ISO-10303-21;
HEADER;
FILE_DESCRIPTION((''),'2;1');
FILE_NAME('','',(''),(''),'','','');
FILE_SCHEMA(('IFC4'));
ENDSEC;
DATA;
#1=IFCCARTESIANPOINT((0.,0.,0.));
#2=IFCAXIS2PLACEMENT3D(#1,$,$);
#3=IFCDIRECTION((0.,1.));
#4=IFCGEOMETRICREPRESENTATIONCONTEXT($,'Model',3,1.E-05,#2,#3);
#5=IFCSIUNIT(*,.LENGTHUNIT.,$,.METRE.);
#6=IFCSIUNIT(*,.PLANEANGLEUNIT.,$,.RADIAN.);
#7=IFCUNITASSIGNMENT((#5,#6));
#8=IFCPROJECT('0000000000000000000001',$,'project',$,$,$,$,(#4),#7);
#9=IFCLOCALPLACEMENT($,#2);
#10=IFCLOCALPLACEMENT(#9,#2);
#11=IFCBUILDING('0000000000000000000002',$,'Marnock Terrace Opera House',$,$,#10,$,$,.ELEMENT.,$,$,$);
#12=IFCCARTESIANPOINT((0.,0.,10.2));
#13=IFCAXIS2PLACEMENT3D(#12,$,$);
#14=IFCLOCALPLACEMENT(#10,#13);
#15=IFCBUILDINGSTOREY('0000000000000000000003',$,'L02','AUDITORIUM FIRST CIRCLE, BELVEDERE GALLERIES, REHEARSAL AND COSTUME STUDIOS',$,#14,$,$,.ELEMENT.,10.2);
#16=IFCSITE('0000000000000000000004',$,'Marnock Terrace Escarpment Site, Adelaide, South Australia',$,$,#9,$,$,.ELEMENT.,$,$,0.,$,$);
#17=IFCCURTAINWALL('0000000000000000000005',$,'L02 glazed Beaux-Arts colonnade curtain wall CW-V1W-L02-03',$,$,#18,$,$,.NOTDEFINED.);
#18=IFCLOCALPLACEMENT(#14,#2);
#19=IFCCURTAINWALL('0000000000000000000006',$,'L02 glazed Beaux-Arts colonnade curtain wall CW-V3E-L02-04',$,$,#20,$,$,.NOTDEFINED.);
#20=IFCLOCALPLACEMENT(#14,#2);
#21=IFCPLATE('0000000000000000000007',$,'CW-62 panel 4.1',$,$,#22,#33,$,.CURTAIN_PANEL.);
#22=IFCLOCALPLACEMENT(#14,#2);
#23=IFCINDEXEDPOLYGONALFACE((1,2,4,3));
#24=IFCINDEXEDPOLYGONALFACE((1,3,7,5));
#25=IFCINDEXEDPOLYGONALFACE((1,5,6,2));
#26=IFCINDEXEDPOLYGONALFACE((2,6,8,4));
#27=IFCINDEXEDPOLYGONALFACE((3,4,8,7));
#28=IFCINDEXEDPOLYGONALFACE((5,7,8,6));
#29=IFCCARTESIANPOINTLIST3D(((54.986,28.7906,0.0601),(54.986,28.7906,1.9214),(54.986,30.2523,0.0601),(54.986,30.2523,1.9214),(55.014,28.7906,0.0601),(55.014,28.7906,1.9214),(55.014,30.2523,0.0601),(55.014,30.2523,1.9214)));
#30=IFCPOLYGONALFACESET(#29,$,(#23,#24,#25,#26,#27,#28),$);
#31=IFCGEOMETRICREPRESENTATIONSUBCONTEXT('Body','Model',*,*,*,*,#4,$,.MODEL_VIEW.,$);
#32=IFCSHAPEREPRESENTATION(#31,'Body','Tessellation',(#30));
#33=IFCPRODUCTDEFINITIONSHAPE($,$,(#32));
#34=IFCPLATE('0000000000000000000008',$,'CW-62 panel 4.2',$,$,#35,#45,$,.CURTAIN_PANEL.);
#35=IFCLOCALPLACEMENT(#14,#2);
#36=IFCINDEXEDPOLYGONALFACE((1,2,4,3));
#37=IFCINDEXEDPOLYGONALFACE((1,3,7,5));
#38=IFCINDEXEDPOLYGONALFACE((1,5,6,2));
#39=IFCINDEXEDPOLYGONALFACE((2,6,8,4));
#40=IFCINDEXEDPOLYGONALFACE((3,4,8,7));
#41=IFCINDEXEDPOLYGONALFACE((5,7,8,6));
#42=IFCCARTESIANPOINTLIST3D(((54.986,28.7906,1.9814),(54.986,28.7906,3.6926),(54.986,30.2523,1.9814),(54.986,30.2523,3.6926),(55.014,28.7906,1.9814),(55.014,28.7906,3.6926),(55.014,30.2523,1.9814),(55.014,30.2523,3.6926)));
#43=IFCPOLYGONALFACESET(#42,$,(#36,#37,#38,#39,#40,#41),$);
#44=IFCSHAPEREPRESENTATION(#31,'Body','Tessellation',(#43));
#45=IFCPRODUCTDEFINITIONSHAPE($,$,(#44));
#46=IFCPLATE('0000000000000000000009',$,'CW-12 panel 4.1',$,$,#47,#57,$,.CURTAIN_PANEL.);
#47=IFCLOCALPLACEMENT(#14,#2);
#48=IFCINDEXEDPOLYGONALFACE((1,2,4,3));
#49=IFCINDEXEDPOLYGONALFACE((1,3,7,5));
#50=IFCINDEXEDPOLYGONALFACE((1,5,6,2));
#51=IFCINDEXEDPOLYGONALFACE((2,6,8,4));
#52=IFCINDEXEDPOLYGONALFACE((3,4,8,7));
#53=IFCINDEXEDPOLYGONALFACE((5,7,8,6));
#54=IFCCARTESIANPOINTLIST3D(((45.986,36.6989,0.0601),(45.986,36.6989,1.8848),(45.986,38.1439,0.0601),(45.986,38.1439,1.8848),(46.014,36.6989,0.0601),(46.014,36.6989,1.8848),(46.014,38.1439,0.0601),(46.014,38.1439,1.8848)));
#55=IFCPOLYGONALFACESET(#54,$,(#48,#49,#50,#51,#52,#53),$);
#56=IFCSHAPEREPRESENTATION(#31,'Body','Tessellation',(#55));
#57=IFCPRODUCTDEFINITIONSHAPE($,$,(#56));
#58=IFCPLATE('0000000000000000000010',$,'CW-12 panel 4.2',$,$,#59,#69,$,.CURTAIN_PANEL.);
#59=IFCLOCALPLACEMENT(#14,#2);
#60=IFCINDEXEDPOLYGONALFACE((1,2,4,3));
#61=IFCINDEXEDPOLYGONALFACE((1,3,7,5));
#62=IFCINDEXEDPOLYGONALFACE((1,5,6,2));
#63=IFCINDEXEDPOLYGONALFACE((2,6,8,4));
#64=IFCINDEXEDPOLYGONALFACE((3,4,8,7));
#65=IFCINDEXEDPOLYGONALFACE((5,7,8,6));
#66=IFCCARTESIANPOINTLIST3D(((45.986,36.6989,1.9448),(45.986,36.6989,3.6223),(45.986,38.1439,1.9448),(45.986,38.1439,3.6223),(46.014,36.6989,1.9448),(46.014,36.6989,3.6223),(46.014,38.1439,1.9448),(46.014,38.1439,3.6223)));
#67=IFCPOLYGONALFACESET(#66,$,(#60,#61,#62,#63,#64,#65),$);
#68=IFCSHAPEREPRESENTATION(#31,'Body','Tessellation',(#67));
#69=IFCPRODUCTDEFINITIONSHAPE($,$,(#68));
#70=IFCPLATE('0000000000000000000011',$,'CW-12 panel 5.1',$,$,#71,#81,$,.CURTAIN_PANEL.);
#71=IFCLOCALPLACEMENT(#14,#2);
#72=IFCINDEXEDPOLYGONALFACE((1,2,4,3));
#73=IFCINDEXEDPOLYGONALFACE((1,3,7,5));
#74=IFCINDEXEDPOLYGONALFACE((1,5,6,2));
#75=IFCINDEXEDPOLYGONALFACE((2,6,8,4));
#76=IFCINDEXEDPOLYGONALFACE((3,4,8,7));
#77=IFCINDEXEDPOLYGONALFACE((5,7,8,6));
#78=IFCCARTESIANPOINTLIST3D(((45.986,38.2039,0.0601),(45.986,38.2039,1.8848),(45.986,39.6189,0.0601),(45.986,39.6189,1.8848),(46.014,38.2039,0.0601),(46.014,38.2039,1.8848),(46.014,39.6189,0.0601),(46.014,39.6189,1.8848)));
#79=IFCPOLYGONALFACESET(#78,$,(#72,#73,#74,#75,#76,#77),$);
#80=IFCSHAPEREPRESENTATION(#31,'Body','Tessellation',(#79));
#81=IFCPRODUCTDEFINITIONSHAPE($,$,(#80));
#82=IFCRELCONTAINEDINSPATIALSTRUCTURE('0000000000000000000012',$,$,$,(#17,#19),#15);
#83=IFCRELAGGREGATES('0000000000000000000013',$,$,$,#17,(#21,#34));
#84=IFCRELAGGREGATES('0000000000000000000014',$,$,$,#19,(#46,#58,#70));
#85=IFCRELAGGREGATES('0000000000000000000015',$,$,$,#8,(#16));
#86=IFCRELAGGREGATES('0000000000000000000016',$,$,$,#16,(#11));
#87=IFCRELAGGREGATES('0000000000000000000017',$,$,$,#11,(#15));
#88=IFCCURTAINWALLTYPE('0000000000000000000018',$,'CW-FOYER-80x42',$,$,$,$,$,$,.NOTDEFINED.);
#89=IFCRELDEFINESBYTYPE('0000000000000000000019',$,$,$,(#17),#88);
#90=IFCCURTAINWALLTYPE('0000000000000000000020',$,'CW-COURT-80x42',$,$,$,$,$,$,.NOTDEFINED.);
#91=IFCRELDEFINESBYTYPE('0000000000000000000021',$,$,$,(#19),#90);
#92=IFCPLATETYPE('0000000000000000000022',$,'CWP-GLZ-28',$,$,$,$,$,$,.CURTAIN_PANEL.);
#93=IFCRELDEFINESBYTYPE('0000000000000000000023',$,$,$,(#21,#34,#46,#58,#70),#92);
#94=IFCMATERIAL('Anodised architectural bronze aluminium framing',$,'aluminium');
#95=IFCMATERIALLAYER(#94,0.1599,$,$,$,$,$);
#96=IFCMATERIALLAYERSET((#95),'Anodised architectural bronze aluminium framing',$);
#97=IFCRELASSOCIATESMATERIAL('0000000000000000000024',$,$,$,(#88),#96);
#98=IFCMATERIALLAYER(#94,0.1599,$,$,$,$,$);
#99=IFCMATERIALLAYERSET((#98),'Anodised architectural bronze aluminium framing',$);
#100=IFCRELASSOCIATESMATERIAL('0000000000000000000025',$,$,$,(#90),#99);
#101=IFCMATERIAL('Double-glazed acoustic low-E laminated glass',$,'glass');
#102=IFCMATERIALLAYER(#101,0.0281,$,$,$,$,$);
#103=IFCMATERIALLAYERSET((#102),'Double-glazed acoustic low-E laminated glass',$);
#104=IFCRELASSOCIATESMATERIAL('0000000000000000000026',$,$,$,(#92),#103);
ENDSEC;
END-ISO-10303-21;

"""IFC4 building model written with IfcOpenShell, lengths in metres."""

from ifc_helpers import new_model, si_unit, direction, frame, origin, origin_2d, place, context, subcontext, project, spatial, rectangle, extrude, material, layer, layer_set, type_object, element, aggregate, save


model = new_model("IFC4")

# Units and contexts
model_context = context("Model", 3, precision=1e-05, world=origin(), true_north=direction((0.0, 1.0)))
body_context = subcontext(model_context, "Body", "Model", "MODEL_VIEW")
ifc_project = project(units=[si_unit("LENGTHUNIT", "METRE"), si_unit("PLANEANGLEUNIT", "RADIAN")], contexts=[model_context])

# Site, building, storey
site_placement = place(None, origin())
site = spatial("IfcSite", under=ifc_project, at=site_placement, Name="Marnock Terrace Escarpment Site, Adelaide, South Australia", CompositionType="ELEMENT", RefElevation=0.0)
building_placement = place(site_placement, origin())
building = spatial("IfcBuilding", under=site, at=building_placement, Name="Marnock Terrace Opera House", CompositionType="ELEMENT")
storey_placement = place(building_placement, frame((0.0, 0.0, 10.2)))
storey = spatial("IfcBuildingStorey", under=building, at=storey_placement, Name="L02", Description="AUDITORIUM FIRST CIRCLE, BELVEDERE GALLERIES, REHEARSAL AND COSTUME STUDIOS", CompositionType="ELEMENT", Elevation=10.2)

# Curtain walls
ifc_material_1 = material(Name="Anodised architectural bronze aluminium framing", Category="aluminium")
ifc_layer_1 = layer(ifc_material_1, 0.1599)
ifc_layer_set_1 = layer_set([ifc_layer_1], Name="Anodised architectural bronze aluminium framing")
curtain_wall_type_1 = type_object("IfcCurtainWallType", Name="CW-FOYER-80x42", PredefinedType="NOTDEFINED", material=ifc_layer_set_1)
curtain_wall_1_placement = place(storey_placement, origin())
curtain_wall_1 = element("IfcCurtainWall", 1, at=curtain_wall_1_placement, inside=storey, type_object=curtain_wall_type_1, Name="L02 glazed Beaux-Arts colonnade curtain wall CW-V1W-L02-03", PredefinedType="NOTDEFINED")
ifc_layer_2 = layer(ifc_material_1, 0.1599)
ifc_layer_set_2 = layer_set([ifc_layer_2], Name="Anodised architectural bronze aluminium framing")
curtain_wall_type_2 = type_object("IfcCurtainWallType", Name="CW-COURT-80x42", PredefinedType="NOTDEFINED", material=ifc_layer_set_2)
curtain_wall_2_placement = place(storey_placement, origin())
curtain_wall_2 = element("IfcCurtainWall", 2, at=curtain_wall_2_placement, inside=storey, type_object=curtain_wall_type_2, Name="L02 glazed Beaux-Arts colonnade curtain wall CW-V3E-L02-04", PredefinedType="NOTDEFINED")

# Plates
ifc_material_2 = material(Name="Double-glazed acoustic low-E laminated glass", Category="glass")
ifc_layer_3 = layer(ifc_material_2, 0.0281)
ifc_layer_set_3 = layer_set([ifc_layer_3], Name="Double-glazed acoustic low-E laminated glass")
plate_type = type_object("IfcPlateType", Name="CWP-GLZ-28", PredefinedType="CURTAIN_PANEL", material=ifc_layer_set_3)
plate_1_placement = place(storey_placement, frame((55.0, 29.5215, 0.0601), z_axis=(0.0, 0.0, 1.0), x_axis=(0.0, 1.0, 0.0)))
plate_1 = element("IfcPlate", 3, at=plate_1_placement, type_object=plate_type, Name="CW-62 panel 4.1", PredefinedType="CURTAIN_PANEL", context=body_context, shape_type="SweptSolid", body=[
    extrude(rectangle(XDim=1.4617, YDim=0.0281, at=origin_2d()), origin(), (0.0, 0.0, 1.0), 1.8613),
])
plate_2_placement = place(storey_placement, frame((55.0, 29.5215, 1.9814), z_axis=(0.0, 0.0, 1.0), x_axis=(0.0, 1.0, 0.0)))
plate_2 = element("IfcPlate", 4, at=plate_2_placement, type_object=plate_type, Name="CW-62 panel 4.2", PredefinedType="CURTAIN_PANEL", context=body_context, shape_type="SweptSolid", body=[
    extrude(rectangle(XDim=1.4617, YDim=0.0281, at=origin_2d()), origin(), (0.0, 0.0, 1.0), 1.7112),
])
aggregate(curtain_wall_1, [plate_1, plate_2])
plate_3_placement = place(storey_placement, frame((46.0, 37.4214, 0.0601), z_axis=(0.0, 0.0, 1.0), x_axis=(0.0, 1.0, 0.0)))
plate_3 = element("IfcPlate", 5, at=plate_3_placement, type_object=plate_type, Name="CW-12 panel 4.1", PredefinedType="CURTAIN_PANEL", context=body_context, shape_type="SweptSolid", body=[
    extrude(rectangle(XDim=1.4451, YDim=0.0281, at=origin_2d()), origin(), (0.0, 0.0, 1.0), 1.8247),
])
plate_4_placement = place(storey_placement, frame((46.0, 37.4214, 1.9448), z_axis=(0.0, 0.0, 1.0), x_axis=(0.0, 1.0, 0.0)))
plate_4 = element("IfcPlate", 6, at=plate_4_placement, type_object=plate_type, Name="CW-12 panel 4.2", PredefinedType="CURTAIN_PANEL", context=body_context, shape_type="SweptSolid", body=[
    extrude(rectangle(XDim=1.4451, YDim=0.0281, at=origin_2d()), origin(), (0.0, 0.0, 1.0), 1.6775),
])
plate_5_placement = place(storey_placement, frame((46.0, 38.9114, 0.0601), z_axis=(0.0, 0.0, 1.0), x_axis=(0.0, 1.0, 0.0)))
plate_5 = element("IfcPlate", 7, at=plate_5_placement, type_object=plate_type, Name="CW-12 panel 5.1", PredefinedType="CURTAIN_PANEL", context=body_context, shape_type="SweptSolid", body=[
    extrude(rectangle(XDim=1.415, YDim=0.0281, at=origin_2d()), origin(), (0.0, 0.0, 1.0), 1.8247),
])
aggregate(curtain_wall_2, [plate_3, plate_4, plate_5])

save(model, "model.ifc")
